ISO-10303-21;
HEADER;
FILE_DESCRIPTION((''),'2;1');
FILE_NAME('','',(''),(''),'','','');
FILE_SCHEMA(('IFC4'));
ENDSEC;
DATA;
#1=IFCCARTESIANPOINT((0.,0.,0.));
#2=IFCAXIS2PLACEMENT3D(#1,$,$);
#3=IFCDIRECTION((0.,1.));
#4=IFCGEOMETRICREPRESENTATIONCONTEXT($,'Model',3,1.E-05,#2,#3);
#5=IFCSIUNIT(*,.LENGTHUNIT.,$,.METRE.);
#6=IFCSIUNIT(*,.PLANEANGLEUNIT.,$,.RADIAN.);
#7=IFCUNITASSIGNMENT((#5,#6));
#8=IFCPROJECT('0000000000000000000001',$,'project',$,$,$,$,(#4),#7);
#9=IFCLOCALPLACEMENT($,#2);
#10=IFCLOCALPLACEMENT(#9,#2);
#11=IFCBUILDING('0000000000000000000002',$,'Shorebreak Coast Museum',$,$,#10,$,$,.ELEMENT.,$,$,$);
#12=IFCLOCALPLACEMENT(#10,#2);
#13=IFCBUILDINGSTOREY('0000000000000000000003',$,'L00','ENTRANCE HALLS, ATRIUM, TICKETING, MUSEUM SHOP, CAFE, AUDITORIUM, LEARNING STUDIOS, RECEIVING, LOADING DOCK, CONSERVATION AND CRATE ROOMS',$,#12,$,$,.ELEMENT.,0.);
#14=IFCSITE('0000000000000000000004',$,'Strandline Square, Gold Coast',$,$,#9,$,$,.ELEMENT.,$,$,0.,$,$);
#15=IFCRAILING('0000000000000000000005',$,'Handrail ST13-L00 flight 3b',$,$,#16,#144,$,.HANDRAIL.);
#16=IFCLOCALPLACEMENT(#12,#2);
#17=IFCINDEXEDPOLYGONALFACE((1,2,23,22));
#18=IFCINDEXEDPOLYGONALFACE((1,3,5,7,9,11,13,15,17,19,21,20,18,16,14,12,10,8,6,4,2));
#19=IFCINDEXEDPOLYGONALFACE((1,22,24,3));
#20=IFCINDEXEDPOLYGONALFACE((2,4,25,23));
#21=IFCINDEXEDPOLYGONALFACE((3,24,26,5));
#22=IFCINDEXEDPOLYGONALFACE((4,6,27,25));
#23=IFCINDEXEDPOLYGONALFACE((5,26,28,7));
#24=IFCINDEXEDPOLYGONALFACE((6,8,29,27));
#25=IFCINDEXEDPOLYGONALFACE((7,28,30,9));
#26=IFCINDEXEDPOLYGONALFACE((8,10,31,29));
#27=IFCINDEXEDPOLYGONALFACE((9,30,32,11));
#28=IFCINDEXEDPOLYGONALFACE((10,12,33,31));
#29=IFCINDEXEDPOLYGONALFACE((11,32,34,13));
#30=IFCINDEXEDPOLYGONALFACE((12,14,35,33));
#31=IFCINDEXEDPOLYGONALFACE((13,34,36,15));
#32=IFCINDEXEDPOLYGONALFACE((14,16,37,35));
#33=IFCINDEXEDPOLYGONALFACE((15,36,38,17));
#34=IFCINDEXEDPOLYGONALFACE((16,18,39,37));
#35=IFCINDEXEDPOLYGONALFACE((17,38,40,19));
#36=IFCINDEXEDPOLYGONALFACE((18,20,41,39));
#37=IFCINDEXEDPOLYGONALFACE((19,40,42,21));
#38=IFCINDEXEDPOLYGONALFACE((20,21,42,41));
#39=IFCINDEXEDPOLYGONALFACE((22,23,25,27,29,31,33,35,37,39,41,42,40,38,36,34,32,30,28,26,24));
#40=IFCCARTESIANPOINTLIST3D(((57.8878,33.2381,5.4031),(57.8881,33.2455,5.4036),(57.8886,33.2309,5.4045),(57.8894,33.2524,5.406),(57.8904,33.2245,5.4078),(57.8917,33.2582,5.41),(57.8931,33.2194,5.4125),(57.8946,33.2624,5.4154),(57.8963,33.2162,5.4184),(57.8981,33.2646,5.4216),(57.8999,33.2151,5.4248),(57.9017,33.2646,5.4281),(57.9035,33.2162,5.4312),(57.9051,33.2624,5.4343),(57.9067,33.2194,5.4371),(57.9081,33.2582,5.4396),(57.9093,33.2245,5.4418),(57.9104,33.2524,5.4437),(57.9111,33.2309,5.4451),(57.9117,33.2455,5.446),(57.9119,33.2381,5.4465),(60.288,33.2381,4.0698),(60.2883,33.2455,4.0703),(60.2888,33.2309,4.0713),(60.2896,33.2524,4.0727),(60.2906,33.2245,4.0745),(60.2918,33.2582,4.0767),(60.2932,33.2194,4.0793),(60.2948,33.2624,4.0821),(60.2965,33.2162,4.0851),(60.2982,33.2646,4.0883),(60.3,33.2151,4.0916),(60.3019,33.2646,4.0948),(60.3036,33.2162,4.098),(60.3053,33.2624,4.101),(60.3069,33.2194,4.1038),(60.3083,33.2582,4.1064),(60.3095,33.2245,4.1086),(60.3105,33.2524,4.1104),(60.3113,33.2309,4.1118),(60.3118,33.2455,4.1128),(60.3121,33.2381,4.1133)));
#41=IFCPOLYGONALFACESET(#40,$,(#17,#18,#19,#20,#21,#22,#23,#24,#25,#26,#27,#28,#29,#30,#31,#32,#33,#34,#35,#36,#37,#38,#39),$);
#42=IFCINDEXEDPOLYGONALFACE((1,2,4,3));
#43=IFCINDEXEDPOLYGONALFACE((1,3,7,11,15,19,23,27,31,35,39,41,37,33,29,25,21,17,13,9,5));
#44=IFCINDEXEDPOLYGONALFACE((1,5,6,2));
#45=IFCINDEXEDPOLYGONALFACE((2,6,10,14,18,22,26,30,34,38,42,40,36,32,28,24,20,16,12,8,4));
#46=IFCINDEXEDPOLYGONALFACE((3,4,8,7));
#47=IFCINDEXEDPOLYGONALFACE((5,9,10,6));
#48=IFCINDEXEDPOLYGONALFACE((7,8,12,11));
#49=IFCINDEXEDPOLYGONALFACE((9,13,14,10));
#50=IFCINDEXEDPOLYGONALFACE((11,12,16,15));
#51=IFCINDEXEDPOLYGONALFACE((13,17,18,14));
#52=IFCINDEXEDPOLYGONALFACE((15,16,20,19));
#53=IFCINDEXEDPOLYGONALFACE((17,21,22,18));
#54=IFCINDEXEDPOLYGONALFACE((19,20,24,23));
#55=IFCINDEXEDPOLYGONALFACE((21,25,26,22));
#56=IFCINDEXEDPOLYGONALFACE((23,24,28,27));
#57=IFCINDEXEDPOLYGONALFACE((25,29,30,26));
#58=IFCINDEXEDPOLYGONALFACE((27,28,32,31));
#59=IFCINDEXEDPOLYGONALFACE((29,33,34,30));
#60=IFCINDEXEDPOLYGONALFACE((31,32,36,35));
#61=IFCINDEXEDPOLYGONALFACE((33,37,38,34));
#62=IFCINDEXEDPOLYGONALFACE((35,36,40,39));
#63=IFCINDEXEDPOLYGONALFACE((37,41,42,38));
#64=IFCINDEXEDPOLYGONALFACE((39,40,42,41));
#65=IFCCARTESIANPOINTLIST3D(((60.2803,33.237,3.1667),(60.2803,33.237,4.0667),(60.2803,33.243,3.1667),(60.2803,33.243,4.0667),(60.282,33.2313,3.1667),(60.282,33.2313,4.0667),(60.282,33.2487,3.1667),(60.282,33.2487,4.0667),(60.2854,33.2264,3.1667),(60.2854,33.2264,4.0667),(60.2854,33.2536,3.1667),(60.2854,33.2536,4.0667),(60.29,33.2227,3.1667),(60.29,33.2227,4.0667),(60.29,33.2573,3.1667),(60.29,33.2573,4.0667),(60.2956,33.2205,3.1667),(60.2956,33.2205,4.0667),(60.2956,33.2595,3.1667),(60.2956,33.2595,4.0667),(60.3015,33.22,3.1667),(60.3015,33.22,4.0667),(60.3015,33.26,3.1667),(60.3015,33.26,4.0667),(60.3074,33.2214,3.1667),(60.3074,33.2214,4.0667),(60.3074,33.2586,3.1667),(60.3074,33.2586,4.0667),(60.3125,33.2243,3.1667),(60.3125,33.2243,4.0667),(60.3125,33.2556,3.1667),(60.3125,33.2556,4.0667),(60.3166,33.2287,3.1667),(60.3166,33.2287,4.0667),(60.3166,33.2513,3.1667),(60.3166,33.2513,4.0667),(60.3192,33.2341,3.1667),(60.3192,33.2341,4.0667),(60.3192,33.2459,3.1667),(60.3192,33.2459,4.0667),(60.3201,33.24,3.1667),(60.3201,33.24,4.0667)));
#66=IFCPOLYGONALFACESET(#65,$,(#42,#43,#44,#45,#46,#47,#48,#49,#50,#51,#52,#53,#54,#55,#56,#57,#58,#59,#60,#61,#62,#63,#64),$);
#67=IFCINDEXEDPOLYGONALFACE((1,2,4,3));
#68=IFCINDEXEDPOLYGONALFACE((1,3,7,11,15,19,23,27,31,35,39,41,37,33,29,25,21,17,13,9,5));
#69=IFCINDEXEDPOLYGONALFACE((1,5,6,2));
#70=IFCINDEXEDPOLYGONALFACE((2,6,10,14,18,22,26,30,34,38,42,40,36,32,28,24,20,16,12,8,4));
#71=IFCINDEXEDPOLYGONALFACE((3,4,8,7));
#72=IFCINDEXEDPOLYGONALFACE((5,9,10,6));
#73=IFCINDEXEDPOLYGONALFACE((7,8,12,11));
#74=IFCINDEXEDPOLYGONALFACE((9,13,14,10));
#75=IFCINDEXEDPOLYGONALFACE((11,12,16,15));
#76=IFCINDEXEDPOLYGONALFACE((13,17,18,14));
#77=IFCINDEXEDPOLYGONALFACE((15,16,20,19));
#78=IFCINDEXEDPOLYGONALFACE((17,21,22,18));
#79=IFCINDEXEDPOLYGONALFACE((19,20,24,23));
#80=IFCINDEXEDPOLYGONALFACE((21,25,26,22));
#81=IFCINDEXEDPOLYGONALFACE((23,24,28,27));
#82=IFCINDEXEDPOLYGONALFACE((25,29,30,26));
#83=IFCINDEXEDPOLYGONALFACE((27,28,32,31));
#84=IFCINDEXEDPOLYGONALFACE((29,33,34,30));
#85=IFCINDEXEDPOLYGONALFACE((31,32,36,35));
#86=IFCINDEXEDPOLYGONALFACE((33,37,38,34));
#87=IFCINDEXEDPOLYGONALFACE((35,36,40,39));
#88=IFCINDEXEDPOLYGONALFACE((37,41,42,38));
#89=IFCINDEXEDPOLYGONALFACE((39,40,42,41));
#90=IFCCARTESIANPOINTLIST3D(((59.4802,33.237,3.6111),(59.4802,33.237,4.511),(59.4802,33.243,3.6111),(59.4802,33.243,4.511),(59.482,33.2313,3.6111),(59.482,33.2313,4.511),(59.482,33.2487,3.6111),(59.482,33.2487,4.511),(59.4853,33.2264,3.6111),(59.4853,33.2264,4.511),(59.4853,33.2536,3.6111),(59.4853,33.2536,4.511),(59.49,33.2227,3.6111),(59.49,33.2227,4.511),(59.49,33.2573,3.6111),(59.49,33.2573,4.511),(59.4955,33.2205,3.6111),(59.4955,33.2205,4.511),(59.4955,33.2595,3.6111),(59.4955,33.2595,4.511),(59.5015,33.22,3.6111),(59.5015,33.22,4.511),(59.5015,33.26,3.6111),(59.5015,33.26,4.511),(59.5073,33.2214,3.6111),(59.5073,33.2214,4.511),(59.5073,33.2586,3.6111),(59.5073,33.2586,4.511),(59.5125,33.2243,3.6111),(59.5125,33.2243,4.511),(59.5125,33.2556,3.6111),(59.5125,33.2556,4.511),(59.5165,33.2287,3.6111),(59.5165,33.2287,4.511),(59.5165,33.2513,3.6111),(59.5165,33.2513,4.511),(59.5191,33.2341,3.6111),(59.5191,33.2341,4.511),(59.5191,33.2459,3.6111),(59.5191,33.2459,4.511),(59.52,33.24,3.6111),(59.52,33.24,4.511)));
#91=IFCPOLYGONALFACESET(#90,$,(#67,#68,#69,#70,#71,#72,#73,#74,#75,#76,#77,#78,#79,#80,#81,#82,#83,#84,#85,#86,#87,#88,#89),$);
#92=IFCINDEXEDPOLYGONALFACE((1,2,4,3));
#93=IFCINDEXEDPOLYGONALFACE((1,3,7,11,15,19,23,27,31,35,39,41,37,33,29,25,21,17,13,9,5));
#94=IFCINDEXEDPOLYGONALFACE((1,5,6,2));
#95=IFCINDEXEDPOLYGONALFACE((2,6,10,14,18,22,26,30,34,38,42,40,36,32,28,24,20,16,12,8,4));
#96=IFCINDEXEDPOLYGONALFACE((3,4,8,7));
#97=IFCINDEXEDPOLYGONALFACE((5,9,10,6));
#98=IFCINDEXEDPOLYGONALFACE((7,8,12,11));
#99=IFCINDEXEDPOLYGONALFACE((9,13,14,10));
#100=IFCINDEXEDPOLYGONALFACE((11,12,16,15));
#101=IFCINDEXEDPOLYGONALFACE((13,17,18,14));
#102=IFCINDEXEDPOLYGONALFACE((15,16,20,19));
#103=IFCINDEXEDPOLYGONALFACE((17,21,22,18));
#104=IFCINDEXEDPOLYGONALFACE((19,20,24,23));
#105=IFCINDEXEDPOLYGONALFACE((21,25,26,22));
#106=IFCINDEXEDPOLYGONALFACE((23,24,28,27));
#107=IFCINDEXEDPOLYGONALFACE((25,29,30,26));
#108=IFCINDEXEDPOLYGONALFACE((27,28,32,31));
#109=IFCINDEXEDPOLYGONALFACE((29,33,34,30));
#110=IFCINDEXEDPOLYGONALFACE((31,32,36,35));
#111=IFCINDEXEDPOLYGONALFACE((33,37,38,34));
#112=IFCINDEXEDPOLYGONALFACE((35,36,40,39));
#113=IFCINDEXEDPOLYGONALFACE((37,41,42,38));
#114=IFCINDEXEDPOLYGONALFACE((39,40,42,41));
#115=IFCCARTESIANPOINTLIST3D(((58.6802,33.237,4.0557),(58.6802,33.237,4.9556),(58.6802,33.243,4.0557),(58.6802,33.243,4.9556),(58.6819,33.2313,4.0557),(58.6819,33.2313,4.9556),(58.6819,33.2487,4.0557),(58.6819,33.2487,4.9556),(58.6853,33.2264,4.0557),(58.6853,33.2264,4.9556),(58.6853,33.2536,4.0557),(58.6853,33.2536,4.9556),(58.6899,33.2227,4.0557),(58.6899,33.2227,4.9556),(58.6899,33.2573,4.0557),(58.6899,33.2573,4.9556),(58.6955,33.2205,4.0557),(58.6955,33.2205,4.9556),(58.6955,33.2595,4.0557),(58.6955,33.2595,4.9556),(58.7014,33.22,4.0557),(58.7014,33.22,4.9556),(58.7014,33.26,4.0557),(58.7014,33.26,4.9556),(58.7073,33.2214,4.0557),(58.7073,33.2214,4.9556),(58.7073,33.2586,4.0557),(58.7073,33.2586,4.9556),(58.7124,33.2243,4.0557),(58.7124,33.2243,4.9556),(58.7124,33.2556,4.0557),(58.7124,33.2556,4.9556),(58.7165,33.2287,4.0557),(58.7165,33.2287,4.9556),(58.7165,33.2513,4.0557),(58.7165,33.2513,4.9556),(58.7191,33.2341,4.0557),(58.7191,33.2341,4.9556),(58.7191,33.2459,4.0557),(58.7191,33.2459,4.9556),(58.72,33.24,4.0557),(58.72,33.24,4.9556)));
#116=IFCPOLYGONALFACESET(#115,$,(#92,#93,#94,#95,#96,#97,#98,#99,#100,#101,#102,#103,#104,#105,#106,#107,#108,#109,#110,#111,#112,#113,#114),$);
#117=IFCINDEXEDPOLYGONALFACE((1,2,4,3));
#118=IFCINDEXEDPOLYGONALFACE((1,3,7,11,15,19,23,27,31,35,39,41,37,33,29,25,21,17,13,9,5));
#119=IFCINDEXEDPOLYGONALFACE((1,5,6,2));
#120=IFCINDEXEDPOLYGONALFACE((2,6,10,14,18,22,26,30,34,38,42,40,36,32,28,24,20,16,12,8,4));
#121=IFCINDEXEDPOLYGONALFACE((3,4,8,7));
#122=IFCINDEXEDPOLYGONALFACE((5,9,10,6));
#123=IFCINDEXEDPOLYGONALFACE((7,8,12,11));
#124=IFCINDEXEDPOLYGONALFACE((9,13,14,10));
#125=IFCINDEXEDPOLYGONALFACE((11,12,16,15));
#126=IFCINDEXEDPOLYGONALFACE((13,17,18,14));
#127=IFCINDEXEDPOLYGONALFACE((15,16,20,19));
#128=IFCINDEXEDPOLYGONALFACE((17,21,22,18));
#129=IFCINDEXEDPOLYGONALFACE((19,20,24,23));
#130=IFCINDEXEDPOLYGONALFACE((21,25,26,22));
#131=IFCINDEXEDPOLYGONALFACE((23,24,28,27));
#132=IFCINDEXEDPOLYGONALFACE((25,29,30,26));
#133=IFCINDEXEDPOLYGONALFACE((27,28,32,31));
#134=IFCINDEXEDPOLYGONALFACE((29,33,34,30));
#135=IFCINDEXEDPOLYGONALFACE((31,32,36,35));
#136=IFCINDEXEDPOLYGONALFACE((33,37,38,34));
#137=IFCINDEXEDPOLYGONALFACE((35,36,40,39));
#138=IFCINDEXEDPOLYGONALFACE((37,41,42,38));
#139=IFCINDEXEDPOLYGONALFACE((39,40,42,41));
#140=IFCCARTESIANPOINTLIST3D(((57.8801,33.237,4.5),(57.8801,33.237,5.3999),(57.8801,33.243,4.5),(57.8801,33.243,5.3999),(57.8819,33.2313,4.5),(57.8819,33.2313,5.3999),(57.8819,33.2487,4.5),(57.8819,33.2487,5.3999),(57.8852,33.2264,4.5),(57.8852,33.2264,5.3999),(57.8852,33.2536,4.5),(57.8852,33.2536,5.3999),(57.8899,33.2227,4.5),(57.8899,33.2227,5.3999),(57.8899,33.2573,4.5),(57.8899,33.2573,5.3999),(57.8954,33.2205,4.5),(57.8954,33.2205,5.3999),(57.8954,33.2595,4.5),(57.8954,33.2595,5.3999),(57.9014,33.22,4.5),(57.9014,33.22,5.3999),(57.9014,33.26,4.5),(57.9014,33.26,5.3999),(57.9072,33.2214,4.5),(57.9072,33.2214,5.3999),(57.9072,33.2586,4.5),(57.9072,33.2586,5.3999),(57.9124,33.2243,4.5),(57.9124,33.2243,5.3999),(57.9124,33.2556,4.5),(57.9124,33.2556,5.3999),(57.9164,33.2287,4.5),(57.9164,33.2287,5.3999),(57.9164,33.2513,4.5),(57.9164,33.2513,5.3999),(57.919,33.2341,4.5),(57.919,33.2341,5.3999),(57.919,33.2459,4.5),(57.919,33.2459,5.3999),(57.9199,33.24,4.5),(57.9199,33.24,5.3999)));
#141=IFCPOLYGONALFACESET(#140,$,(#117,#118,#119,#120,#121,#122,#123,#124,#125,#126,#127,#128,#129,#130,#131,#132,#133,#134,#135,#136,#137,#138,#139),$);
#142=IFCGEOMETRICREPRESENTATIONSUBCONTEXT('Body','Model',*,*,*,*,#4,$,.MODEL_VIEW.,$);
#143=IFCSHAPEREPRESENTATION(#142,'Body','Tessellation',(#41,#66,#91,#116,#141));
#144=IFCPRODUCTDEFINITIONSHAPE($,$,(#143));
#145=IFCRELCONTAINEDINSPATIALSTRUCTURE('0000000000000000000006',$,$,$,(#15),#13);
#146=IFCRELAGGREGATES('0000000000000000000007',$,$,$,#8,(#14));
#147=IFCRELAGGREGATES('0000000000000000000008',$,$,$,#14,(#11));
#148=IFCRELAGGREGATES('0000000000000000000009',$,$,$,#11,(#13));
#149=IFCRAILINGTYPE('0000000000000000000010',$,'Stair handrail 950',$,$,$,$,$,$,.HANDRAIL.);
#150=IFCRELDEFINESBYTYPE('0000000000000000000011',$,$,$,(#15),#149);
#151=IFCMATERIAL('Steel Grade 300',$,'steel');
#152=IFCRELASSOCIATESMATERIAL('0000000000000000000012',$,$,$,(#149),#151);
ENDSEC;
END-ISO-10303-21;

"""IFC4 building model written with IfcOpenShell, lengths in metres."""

from ifc_helpers import new_model, si_unit, direction, frame, origin, origin_2d, place, context, subcontext, project, spatial, circle, extrude, material, type_object, element, save


model = new_model("IFC4")

# Units and contexts
model_context = context("Model", 3, precision=1e-05, world=origin(), true_north=direction((0.0, 1.0)))
body_context = subcontext(model_context, "Body", "Model", "MODEL_VIEW")
ifc_project = project(units=[si_unit("LENGTHUNIT", "METRE"), si_unit("PLANEANGLEUNIT", "RADIAN")], contexts=[model_context])

# Site, building, storey
site_placement = place(None, origin())
site = spatial("IfcSite", under=ifc_project, at=site_placement, Name="Strandline Square, Gold Coast", CompositionType="ELEMENT", RefElevation=0.0)
building_placement = place(site_placement, origin())
building = spatial("IfcBuilding", under=site, at=building_placement, Name="Shorebreak Coast Museum", CompositionType="ELEMENT")
storey_placement = place(building_placement, origin())
storey = spatial("IfcBuildingStorey", under=building, at=storey_placement, Name="L00", Description="ENTRANCE HALLS, ATRIUM, TICKETING, MUSEUM SHOP, CAFE, AUDITORIUM, LEARNING STUDIOS, RECEIVING, LOADING DOCK, CONSERVATION AND CRATE ROOMS", CompositionType="ELEMENT", Elevation=0.0)

# Railing
ifc_material_1 = material(Name="Steel Grade 300", Category="steel")
railing_type_1 = type_object("IfcRailingType", Name="Stair handrail 950", PredefinedType="HANDRAIL", material=ifc_material_1)
for number, where, name in (
    (1, (60.3, 33.24, 3.1667), "Handrail ST13-L00 flight 3b"),
):
    element("IfcRailing", number, at=place(storey_placement, frame(where)), inside=storey, type_object=railing_type_1, Name=name, PredefinedType="HANDRAIL", context=body_context, shape_type="SweptSolid", body=[
        extrude(circle(Radius=0.0249, at=origin_2d()), frame((0.0, 0.0, 0.9248), z_axis=(-0.874182, 0.0, 0.485598), x_axis=(0.0, -1.0, 0.0)), (0.0, 0.0, 1.0), 2.7456),
        extrude(circle(Radius=0.02, at=origin_2d()), origin(), (0.0, 0.0, 1.0), 0.8999),
        extrude(circle(Radius=0.02, at=origin_2d()), frame((-0.8, 0.0, 0.4443)), (0.0, 0.0, 1.0), 0.8999),
        extrude(circle(Radius=0.02, at=origin_2d()), frame((-1.6001, 0.0, 0.8889)), (0.0, 0.0, 1.0), 0.8999),
        extrude(circle(Radius=0.02, at=origin_2d()), frame((-2.4001, 0.0, 1.3333)), (0.0, 0.0, 1.0), 0.8999),
    ])

save(model, "model.ifc")
